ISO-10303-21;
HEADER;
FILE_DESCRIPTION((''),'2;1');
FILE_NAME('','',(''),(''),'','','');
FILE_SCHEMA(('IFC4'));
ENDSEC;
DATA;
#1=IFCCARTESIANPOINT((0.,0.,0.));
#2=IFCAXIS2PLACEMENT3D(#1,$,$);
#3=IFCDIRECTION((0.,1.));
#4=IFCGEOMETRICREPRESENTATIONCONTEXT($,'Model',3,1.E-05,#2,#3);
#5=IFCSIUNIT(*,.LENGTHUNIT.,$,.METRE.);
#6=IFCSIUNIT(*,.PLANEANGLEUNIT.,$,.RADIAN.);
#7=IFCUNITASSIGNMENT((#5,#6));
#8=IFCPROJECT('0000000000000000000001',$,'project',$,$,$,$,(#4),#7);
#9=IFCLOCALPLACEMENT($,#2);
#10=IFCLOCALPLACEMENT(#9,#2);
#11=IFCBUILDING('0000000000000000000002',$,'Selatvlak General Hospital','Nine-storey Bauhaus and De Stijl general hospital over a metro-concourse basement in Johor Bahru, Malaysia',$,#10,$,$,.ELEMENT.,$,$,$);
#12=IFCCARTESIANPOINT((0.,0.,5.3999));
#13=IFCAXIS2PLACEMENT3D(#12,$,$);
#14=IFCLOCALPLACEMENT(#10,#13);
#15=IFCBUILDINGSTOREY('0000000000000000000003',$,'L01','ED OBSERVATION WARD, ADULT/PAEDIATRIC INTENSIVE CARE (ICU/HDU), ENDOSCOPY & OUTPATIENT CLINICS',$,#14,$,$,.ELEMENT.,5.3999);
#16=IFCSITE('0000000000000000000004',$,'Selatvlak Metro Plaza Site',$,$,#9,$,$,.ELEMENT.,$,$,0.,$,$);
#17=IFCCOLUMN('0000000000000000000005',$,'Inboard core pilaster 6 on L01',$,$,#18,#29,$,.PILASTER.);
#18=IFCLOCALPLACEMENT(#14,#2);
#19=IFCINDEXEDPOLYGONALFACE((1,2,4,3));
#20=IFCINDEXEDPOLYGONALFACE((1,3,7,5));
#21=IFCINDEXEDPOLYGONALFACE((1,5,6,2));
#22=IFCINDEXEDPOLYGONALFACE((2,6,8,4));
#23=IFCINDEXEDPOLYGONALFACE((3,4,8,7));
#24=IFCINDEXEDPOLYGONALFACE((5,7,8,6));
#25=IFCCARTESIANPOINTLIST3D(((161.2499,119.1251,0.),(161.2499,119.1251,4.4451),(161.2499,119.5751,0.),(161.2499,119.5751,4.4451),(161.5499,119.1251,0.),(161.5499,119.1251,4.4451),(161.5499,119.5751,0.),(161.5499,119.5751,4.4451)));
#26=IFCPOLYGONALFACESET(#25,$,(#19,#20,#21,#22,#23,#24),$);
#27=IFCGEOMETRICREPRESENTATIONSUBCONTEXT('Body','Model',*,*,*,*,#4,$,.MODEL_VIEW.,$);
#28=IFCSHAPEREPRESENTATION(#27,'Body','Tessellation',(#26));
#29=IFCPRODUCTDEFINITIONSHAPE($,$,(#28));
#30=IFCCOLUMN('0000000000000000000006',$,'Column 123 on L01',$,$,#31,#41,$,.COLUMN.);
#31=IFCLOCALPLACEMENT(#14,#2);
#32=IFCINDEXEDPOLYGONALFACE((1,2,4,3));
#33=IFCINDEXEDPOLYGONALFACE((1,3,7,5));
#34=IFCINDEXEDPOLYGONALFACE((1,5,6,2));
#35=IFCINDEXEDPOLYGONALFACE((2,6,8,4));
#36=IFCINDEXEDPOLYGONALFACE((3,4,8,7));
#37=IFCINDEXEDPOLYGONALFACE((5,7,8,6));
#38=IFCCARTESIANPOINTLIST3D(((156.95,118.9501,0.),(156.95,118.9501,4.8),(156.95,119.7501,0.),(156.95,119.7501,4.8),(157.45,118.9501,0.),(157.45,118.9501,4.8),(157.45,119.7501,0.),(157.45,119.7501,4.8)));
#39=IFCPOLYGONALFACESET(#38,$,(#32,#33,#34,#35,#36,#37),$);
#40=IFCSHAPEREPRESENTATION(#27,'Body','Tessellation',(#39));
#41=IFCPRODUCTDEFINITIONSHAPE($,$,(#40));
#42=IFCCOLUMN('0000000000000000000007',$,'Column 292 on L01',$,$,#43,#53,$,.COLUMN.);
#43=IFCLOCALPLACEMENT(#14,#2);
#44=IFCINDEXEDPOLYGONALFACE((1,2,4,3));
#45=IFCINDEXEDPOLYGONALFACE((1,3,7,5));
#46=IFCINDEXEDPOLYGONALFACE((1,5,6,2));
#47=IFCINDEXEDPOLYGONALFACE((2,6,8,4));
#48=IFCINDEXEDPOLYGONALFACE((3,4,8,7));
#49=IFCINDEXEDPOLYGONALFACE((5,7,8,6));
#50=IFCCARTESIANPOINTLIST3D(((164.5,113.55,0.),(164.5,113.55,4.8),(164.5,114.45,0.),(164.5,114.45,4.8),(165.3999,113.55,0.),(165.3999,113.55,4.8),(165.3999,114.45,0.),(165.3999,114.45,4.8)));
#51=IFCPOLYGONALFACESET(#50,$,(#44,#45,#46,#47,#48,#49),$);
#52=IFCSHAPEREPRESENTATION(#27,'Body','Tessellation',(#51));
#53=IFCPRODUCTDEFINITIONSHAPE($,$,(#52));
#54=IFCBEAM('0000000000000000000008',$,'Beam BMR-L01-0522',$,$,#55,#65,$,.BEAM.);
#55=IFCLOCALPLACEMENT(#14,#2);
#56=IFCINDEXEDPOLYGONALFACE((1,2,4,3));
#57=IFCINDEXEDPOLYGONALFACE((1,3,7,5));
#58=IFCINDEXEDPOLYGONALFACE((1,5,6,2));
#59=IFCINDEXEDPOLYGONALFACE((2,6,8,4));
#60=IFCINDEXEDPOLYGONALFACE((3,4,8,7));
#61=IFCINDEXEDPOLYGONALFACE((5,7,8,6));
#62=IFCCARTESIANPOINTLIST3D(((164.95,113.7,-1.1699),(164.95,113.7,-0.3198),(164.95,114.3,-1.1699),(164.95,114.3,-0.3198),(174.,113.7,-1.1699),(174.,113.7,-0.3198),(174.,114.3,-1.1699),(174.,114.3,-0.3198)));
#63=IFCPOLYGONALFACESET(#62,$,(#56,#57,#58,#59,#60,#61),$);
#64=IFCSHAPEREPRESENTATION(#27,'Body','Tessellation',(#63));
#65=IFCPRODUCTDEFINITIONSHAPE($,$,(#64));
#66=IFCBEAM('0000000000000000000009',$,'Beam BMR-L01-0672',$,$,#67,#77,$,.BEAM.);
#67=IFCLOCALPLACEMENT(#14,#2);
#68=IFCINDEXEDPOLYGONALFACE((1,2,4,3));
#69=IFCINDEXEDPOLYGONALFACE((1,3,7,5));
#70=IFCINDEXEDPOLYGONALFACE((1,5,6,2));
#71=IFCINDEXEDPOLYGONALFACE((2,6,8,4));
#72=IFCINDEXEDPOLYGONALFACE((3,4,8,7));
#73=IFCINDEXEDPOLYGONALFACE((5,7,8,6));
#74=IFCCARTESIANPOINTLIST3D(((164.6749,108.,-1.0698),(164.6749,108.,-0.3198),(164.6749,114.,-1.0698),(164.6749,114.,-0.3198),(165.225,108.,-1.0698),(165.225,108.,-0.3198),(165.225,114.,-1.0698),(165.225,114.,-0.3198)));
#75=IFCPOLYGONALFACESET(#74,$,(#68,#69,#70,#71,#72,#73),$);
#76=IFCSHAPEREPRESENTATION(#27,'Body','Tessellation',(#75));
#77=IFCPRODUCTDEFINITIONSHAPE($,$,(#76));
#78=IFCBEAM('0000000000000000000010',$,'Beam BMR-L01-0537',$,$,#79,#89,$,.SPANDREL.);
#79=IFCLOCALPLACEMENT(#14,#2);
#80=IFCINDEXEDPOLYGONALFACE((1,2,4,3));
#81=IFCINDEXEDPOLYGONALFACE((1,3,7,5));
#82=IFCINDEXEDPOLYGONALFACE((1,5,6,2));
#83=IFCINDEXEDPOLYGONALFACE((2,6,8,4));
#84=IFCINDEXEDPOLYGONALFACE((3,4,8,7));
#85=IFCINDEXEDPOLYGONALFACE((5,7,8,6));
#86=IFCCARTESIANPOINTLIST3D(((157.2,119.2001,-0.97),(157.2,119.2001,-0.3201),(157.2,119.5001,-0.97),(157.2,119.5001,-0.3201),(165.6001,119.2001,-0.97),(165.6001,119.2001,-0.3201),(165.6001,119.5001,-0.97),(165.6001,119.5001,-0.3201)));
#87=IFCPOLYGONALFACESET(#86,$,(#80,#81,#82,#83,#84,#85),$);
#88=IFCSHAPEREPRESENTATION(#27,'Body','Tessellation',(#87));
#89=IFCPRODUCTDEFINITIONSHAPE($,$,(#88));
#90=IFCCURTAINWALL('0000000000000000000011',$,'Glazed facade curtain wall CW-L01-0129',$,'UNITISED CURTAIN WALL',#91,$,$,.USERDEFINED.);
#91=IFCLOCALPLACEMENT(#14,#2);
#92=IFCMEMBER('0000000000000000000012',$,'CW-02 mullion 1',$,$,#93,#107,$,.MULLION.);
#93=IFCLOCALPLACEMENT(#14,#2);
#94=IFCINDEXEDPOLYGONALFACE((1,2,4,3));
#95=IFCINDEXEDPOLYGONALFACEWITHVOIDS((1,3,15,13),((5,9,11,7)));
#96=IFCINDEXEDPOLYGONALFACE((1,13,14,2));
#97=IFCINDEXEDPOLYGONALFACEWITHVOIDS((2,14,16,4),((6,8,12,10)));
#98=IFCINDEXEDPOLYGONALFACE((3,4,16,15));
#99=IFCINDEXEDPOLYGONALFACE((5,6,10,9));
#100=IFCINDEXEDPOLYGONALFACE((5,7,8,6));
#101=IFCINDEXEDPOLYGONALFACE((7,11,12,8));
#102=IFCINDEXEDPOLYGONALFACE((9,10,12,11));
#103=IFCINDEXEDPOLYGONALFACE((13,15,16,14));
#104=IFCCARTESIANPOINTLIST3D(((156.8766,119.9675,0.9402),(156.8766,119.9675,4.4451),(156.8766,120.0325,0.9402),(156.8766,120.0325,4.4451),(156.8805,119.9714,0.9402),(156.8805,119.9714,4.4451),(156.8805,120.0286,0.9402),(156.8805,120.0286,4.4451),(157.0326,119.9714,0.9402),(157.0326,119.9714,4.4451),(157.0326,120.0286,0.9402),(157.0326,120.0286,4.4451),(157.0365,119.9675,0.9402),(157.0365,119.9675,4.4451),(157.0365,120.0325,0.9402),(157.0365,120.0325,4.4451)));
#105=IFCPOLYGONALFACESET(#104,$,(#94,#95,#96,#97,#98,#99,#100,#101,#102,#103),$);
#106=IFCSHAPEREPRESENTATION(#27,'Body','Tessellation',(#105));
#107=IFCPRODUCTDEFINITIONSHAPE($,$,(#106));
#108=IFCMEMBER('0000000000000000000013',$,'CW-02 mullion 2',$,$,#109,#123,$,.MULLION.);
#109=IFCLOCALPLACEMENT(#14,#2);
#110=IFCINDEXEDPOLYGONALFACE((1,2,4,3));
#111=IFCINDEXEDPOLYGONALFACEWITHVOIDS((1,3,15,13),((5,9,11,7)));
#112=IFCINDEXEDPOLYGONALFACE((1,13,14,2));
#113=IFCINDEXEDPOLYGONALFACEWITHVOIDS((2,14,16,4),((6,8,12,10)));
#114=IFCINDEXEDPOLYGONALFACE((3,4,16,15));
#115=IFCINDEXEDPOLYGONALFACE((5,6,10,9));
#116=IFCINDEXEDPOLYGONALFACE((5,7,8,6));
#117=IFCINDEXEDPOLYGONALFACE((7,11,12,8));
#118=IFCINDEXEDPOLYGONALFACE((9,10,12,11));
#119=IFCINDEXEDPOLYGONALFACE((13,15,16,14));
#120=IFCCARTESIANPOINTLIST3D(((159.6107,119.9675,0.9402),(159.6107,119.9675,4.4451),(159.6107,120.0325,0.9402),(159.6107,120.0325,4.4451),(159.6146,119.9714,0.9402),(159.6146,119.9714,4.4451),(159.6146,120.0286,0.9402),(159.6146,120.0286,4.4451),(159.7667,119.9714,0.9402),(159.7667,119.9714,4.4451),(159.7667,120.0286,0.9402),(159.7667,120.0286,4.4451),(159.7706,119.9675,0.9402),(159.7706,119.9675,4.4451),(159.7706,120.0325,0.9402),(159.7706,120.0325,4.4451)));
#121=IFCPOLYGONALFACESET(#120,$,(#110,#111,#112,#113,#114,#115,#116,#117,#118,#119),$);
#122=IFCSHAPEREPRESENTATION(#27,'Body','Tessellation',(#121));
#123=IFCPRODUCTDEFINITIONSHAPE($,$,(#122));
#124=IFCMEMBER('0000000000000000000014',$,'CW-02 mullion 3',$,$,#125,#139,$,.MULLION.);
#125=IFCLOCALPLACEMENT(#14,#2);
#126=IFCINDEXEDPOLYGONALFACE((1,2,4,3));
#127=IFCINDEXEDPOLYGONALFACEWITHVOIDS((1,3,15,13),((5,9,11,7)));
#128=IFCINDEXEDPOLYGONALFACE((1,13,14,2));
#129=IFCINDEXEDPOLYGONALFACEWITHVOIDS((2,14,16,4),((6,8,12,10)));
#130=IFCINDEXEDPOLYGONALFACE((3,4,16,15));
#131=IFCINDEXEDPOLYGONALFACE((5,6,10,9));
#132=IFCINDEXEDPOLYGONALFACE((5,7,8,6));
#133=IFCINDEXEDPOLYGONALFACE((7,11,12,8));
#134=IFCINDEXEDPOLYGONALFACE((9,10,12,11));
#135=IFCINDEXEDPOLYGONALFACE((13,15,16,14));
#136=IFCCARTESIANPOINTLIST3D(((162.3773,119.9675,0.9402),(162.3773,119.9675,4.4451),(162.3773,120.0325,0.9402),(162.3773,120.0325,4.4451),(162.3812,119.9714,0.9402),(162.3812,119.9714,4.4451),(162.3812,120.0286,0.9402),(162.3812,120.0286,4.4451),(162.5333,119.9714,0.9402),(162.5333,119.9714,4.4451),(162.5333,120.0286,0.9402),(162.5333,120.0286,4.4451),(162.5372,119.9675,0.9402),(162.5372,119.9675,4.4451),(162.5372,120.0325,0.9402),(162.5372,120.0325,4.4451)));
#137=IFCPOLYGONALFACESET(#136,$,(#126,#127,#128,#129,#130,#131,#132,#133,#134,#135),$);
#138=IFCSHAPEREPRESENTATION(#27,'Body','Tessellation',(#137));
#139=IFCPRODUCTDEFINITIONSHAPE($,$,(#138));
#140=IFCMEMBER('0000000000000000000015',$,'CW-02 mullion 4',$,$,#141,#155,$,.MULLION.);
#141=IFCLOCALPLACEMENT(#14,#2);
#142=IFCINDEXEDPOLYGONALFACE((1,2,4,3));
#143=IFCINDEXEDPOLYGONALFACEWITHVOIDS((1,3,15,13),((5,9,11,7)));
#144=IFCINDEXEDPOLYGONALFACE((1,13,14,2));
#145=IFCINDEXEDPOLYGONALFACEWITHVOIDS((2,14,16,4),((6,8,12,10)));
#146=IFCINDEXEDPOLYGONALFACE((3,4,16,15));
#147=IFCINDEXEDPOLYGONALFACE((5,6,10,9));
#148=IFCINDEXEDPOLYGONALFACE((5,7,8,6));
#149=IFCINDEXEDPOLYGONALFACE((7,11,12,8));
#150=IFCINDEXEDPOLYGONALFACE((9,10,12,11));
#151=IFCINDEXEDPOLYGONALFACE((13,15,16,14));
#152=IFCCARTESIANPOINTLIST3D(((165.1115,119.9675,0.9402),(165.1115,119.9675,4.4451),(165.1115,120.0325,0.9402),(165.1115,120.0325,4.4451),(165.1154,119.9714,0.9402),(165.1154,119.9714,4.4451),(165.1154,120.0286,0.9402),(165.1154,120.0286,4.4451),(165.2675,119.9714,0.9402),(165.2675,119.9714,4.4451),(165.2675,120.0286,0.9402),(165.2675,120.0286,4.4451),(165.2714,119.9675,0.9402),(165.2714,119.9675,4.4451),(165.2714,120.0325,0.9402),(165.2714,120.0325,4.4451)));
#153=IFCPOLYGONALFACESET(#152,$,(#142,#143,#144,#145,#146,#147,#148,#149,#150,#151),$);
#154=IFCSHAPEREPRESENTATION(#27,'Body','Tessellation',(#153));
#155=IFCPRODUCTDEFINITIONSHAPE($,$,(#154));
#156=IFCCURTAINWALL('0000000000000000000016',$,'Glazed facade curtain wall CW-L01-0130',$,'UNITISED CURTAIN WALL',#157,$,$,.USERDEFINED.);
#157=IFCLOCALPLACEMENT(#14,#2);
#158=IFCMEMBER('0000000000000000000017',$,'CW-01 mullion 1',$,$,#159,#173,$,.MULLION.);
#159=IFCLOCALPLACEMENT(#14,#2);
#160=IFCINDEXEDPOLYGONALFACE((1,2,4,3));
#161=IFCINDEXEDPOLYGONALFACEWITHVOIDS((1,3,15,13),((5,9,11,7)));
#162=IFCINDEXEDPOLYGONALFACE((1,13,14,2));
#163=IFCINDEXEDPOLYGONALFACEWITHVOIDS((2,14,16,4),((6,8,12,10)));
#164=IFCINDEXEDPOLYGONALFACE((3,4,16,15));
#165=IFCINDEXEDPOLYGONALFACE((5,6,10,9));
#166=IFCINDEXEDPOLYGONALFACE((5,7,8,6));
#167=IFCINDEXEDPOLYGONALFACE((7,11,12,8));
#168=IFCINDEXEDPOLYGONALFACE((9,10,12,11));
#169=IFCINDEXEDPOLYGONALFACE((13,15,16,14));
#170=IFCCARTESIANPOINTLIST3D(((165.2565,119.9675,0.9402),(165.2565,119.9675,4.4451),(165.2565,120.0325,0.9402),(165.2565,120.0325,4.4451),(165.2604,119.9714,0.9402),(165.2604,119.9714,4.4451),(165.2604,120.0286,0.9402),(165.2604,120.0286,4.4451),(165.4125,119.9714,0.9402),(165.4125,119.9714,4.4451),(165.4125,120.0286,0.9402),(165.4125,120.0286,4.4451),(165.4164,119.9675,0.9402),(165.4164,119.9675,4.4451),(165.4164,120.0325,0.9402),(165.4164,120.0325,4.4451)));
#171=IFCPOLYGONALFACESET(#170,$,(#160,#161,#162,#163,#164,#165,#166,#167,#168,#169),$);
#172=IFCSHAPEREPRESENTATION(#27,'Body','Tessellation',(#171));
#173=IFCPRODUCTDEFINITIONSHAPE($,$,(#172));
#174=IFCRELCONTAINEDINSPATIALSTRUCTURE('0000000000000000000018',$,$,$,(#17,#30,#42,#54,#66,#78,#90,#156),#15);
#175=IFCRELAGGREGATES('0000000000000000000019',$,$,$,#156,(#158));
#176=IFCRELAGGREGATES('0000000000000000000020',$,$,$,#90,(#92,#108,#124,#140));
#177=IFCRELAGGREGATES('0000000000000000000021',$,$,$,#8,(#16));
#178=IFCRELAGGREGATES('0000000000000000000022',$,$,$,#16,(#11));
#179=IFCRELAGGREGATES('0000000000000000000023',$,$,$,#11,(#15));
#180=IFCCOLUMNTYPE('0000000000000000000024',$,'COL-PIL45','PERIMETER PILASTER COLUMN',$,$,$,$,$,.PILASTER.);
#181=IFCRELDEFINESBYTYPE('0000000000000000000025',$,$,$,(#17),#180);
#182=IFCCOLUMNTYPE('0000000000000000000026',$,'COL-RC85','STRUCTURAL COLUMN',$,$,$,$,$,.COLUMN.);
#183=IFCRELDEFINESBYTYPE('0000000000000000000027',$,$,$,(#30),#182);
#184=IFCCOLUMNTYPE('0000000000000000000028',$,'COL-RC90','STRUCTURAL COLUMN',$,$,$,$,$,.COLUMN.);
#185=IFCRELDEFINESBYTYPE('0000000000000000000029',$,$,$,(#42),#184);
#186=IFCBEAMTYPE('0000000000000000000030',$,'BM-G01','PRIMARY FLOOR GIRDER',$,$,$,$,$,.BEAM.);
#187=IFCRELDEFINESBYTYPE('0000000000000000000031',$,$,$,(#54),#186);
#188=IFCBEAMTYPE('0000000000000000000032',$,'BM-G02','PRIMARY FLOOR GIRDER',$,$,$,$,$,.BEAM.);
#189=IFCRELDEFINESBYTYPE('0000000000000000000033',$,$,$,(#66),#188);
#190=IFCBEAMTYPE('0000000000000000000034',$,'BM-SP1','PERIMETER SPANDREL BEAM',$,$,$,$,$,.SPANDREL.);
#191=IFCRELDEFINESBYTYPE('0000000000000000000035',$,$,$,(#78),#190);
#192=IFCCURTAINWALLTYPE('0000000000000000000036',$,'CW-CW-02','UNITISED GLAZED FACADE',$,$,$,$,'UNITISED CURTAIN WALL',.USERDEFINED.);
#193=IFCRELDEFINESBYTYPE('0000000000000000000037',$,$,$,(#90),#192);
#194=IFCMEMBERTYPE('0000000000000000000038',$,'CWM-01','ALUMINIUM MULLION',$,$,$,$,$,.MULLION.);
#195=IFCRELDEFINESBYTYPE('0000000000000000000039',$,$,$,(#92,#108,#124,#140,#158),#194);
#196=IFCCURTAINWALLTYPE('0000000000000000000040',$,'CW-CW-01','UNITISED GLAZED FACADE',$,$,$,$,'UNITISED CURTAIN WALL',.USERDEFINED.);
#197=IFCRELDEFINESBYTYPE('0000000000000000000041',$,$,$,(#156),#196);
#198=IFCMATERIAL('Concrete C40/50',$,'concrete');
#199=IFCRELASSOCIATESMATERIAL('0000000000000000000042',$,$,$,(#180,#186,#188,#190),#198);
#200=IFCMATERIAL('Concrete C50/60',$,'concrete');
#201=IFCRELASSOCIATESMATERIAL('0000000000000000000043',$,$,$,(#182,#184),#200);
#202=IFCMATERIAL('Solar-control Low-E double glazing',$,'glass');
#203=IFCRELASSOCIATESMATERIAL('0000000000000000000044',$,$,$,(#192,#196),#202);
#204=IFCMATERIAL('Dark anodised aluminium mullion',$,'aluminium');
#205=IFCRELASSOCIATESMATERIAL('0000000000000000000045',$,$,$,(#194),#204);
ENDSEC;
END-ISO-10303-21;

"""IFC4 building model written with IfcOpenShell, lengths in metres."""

from ifc_helpers import new_model, si_unit, direction, frame, origin, origin_2d, place, context, subcontext, project, spatial, rectangle, hollow_rectangle, extrude, material, material_profile, profile_set, type_object, element, aggregate, save


model = new_model("IFC4")

# Units and contexts
model_context = context("Model", 3, precision=1e-05, world=origin(), true_north=direction((0.0, 1.0)))
body_context = subcontext(model_context, "Body", "Model", "MODEL_VIEW")
ifc_project = project(units=[si_unit("LENGTHUNIT", "METRE"), si_unit("PLANEANGLEUNIT", "RADIAN")], contexts=[model_context])

# Site, building, storey
site_placement = place(None, origin())
site = spatial("IfcSite", under=ifc_project, at=site_placement, Name="Selatvlak Metro Plaza Site", CompositionType="ELEMENT", RefElevation=0.0)
building_placement = place(site_placement, origin())
building = spatial("IfcBuilding", under=site, at=building_placement, Name="Selatvlak General Hospital", Description="Nine-storey Bauhaus and De Stijl general hospital over a metro-concourse basement in Johor Bahru, Malaysia", CompositionType="ELEMENT")
storey_placement = place(building_placement, frame((0.0, 0.0, 5.3999)))
storey = spatial("IfcBuildingStorey", under=building, at=storey_placement, Name="L01", Description="ED OBSERVATION WARD, ADULT/PAEDIATRIC INTENSIVE CARE (ICU/HDU), ENDOSCOPY & OUTPATIENT CLINICS", CompositionType="ELEMENT", Elevation=5.3999)

# Columns
ifc_material_1 = material(Name="Concrete C40/50", Category="concrete")
ifc_material_profile_1 = material_profile(ifc_material_1, rectangle(XDim=0.3, YDim=0.45, at=origin_2d()), Name="RC-PIL 450x300")
ifc_profile_set_1 = profile_set([ifc_material_profile_1], Name="Concrete C40/50")
column_type_1 = type_object("IfcColumnType", Name="COL-PIL45", Description="PERIMETER PILASTER COLUMN", PredefinedType="PILASTER", material=ifc_profile_set_1)
column_1_placement = place(storey_placement, frame((161.3999, 119.3501, 0.0), z_axis=(0.0, 0.0, 1.0), x_axis=(1.0, 0.0, 0.0)))
element("IfcColumn", 1, at=column_1_placement, inside=storey, type_object=column_type_1, Name="Inboard core pilaster 6 on L01", PredefinedType="PILASTER", context=body_context, shape_type="SweptSolid", body=[
    extrude(rectangle(XDim=0.3, YDim=0.45, at=origin_2d()), origin(), (0.0, 0.0, 1.0), 4.4451),
])
ifc_material_2 = material(Name="Concrete C50/60", Category="concrete")
ifc_material_profile_2 = material_profile(ifc_material_2, rectangle(XDim=0.5, YDim=0.8, at=origin_2d()), Name="RC-COL 800x500")
ifc_profile_set_2 = profile_set([ifc_material_profile_2], Name="Concrete C50/60")
column_type_2 = type_object("IfcColumnType", Name="COL-RC85", Description="STRUCTURAL COLUMN", PredefinedType="COLUMN", material=ifc_profile_set_2)
column_2_placement = place(storey_placement, frame((157.2, 119.3501, 0.0), z_axis=(0.0, 0.0, 1.0), x_axis=(1.0, 0.0, 0.0)))
element("IfcColumn", 2, at=column_2_placement, inside=storey, type_object=column_type_2, Name="Column 123 on L01", PredefinedType="COLUMN", context=body_context, shape_type="SweptSolid", body=[
    extrude(rectangle(XDim=0.5, YDim=0.8, at=origin_2d()), origin(), (0.0, 0.0, 1.0), 4.8),
])
ifc_material_profile_3 = material_profile(ifc_material_2, rectangle(XDim=0.8999, YDim=0.8999, at=origin_2d()), Name="RC-COL 900x900")
ifc_profile_set_3 = profile_set([ifc_material_profile_3], Name="Concrete C50/60")
column_type_3 = type_object("IfcColumnType", Name="COL-RC90", Description="STRUCTURAL COLUMN", PredefinedType="COLUMN", material=ifc_profile_set_3)
column_3_placement = place(storey_placement, frame((164.95, 114.0, 0.0), z_axis=(0.0, 0.0, 1.0), x_axis=(1.0, 0.0, 0.0)))
element("IfcColumn", 3, at=column_3_placement, inside=storey, type_object=column_type_3, Name="Column 292 on L01", PredefinedType="COLUMN", context=body_context, shape_type="SweptSolid", body=[
    extrude(rectangle(XDim=0.8999, YDim=0.8999, at=origin_2d()), origin(), (0.0, 0.0, 1.0), 4.8),
])

# Beams
ifc_material_profile_4 = material_profile(ifc_material_1, rectangle(XDim=0.6001, YDim=0.8501, at=origin_2d()), Name="RC-BM 600x850")
ifc_profile_set_4 = profile_set([ifc_material_profile_4], Name="Concrete C40/50")
beam_type_1 = type_object("IfcBeamType", Name="BM-G01", Description="PRIMARY FLOOR GIRDER", PredefinedType="BEAM", material=ifc_profile_set_4)
beam_1_placement = place(storey_placement, frame((164.95, 114.0, -0.7449), z_axis=(1.0, 0.0, 0.0), x_axis=(0.0, 1.0, 0.0)))
element("IfcBeam", 4, at=beam_1_placement, inside=storey, type_object=beam_type_1, Name="Beam BMR-L01-0522", PredefinedType="BEAM", context=body_context, shape_type="SweptSolid", body=[
    extrude(rectangle(XDim=0.6001, YDim=0.8501, at=origin_2d()), origin(), (0.0, 0.0, 1.0), 9.05),
])
ifc_material_profile_5 = material_profile(ifc_material_1, rectangle(XDim=0.55, YDim=0.75, at=origin_2d()), Name="RC-BM 550x750")
ifc_profile_set_5 = profile_set([ifc_material_profile_5], Name="Concrete C40/50")
beam_type_2 = type_object("IfcBeamType", Name="BM-G02", Description="PRIMARY FLOOR GIRDER", PredefinedType="BEAM", material=ifc_profile_set_5)
beam_2_placement = place(storey_placement, frame((164.95, 108.0, -0.6948), z_axis=(0.0, 1.0, 0.0), x_axis=(-1.0, 0.0, 0.0)))
element("IfcBeam", 5, at=beam_2_placement, inside=storey, type_object=beam_type_2, Name="Beam BMR-L01-0672", PredefinedType="BEAM", context=body_context, shape_type="SweptSolid", body=[
    extrude(rectangle(XDim=0.55, YDim=0.75, at=origin_2d()), origin(), (0.0, 0.0, 1.0), 6.0),
])
ifc_material_profile_6 = material_profile(ifc_material_1, rectangle(XDim=0.3, YDim=0.6499, at=origin_2d()), Name="RC-SP 300x650")
ifc_profile_set_6 = profile_set([ifc_material_profile_6], Name="Concrete C40/50")
beam_type_3 = type_object("IfcBeamType", Name="BM-SP1", Description="PERIMETER SPANDREL BEAM", PredefinedType="SPANDREL", material=ifc_profile_set_6)
beam_3_placement = place(storey_placement, frame((157.2, 119.3501, -0.645), z_axis=(1.0, 0.0, 0.0), x_axis=(0.0, 1.0, 0.0)))
element("IfcBeam", 6, at=beam_3_placement, inside=storey, type_object=beam_type_3, Name="Beam BMR-L01-0537", PredefinedType="SPANDREL", context=body_context, shape_type="SweptSolid", body=[
    extrude(rectangle(XDim=0.3, YDim=0.6499, at=origin_2d()), origin(), (0.0, 0.0, 1.0), 8.4001),
])

# Curtain wall, members
ifc_material_3 = material(Name="Solar-control Low-E double glazing", Category="glass")
curtain_wall_type_1 = type_object("IfcCurtainWallType", Name="CW-CW-02", Description="UNITISED GLAZED FACADE", ElementType="UNITISED CURTAIN WALL", PredefinedType="USERDEFINED", material=ifc_material_3)
curtain_wall_1_placement = place(storey_placement, origin())
curtain_wall_1 = element("IfcCurtainWall", 7, at=curtain_wall_1_placement, inside=storey, type_object=curtain_wall_type_1, Name="Glazed facade curtain wall CW-L01-0129", ObjectType="UNITISED CURTAIN WALL", PredefinedType="USERDEFINED")
ifc_material_4 = material(Name="Dark anodised aluminium mullion", Category="aluminium")
ifc_material_profile_7 = material_profile(ifc_material_4, hollow_rectangle(XDim=0.0649, YDim=0.1599, WallThickness=0.0039, at=origin_2d()), Name="AL-MUL 65x160x4")
ifc_profile_set_7 = profile_set([ifc_material_profile_7], Name="Dark anodised aluminium mullion")
member_type_1 = type_object("IfcMemberType", Name="CWM-01", Description="ALUMINIUM MULLION", PredefinedType="MULLION", material=ifc_profile_set_7)
member_1_placement = place(storey_placement, frame((156.9565, 120.0, 0.9402), z_axis=(0.0, 0.0, 1.0), x_axis=(0.0, 1.0, 0.0)))
member_1 = element("IfcMember", 8, at=member_1_placement, type_object=member_type_1, Name="CW-02 mullion 1", PredefinedType="MULLION", context=body_context, shape_type="SweptSolid", body=[
    extrude(hollow_rectangle(XDim=0.0649, YDim=0.1599, WallThickness=0.0039, at=origin_2d()), origin(), (0.0, 0.0, 1.0), 3.5049),
])
member_2_placement = place(storey_placement, frame((159.6907, 120.0, 0.9402), z_axis=(0.0, 0.0, 1.0), x_axis=(0.0, 1.0, 0.0)))
member_2 = element("IfcMember", 9, at=member_2_placement, type_object=member_type_1, Name="CW-02 mullion 2", PredefinedType="MULLION", context=body_context, shape_type="SweptSolid", body=[
    extrude(hollow_rectangle(XDim=0.0649, YDim=0.1599, WallThickness=0.0039, at=origin_2d()), origin(), (0.0, 0.0, 1.0), 3.5049),
])
member_3_placement = place(storey_placement, frame((162.4573, 120.0, 0.9402), z_axis=(0.0, 0.0, 1.0), x_axis=(0.0, 1.0, 0.0)))
member_3 = element("IfcMember", 10, at=member_3_placement, type_object=member_type_1, Name="CW-02 mullion 3", PredefinedType="MULLION", context=body_context, shape_type="SweptSolid", body=[
    extrude(hollow_rectangle(XDim=0.0649, YDim=0.1599, WallThickness=0.0039, at=origin_2d()), origin(), (0.0, 0.0, 1.0), 3.5049),
])
member_4_placement = place(storey_placement, frame((165.1914, 120.0, 0.9402), z_axis=(0.0, 0.0, 1.0), x_axis=(0.0, 1.0, 0.0)))
member_4 = element("IfcMember", 11, at=member_4_placement, type_object=member_type_1, Name="CW-02 mullion 4", PredefinedType="MULLION", context=body_context, shape_type="SweptSolid", body=[
    extrude(hollow_rectangle(XDim=0.0649, YDim=0.1599, WallThickness=0.0039, at=origin_2d()), origin(), (0.0, 0.0, 1.0), 3.5049),
])

# Curtain wall, member
curtain_wall_type_2 = type_object("IfcCurtainWallType", Name="CW-CW-01", Description="UNITISED GLAZED FACADE", ElementType="UNITISED CURTAIN WALL", PredefinedType="USERDEFINED", material=ifc_material_3)
curtain_wall_2_placement = place(storey_placement, origin())
curtain_wall_2 = element("IfcCurtainWall", 12, at=curtain_wall_2_placement, inside=storey, type_object=curtain_wall_type_2, Name="Glazed facade curtain wall CW-L01-0130", ObjectType="UNITISED CURTAIN WALL", PredefinedType="USERDEFINED")
member_5_placement = place(storey_placement, frame((165.3364, 120.0, 0.9402), z_axis=(0.0, 0.0, 1.0), x_axis=(0.0, 1.0, 0.0)))
member_5 = element("IfcMember", 13, at=member_5_placement, type_object=member_type_1, Name="CW-01 mullion 1", PredefinedType="MULLION", context=body_context, shape_type="SweptSolid", body=[
    extrude(hollow_rectangle(XDim=0.0649, YDim=0.1599, WallThickness=0.0039, at=origin_2d()), origin(), (0.0, 0.0, 1.0), 3.5049),
])

aggregate(curtain_wall_2, [member_5])

aggregate(curtain_wall_1, [member_1, member_2, member_3, member_4])

save(model, "model.ifc")
